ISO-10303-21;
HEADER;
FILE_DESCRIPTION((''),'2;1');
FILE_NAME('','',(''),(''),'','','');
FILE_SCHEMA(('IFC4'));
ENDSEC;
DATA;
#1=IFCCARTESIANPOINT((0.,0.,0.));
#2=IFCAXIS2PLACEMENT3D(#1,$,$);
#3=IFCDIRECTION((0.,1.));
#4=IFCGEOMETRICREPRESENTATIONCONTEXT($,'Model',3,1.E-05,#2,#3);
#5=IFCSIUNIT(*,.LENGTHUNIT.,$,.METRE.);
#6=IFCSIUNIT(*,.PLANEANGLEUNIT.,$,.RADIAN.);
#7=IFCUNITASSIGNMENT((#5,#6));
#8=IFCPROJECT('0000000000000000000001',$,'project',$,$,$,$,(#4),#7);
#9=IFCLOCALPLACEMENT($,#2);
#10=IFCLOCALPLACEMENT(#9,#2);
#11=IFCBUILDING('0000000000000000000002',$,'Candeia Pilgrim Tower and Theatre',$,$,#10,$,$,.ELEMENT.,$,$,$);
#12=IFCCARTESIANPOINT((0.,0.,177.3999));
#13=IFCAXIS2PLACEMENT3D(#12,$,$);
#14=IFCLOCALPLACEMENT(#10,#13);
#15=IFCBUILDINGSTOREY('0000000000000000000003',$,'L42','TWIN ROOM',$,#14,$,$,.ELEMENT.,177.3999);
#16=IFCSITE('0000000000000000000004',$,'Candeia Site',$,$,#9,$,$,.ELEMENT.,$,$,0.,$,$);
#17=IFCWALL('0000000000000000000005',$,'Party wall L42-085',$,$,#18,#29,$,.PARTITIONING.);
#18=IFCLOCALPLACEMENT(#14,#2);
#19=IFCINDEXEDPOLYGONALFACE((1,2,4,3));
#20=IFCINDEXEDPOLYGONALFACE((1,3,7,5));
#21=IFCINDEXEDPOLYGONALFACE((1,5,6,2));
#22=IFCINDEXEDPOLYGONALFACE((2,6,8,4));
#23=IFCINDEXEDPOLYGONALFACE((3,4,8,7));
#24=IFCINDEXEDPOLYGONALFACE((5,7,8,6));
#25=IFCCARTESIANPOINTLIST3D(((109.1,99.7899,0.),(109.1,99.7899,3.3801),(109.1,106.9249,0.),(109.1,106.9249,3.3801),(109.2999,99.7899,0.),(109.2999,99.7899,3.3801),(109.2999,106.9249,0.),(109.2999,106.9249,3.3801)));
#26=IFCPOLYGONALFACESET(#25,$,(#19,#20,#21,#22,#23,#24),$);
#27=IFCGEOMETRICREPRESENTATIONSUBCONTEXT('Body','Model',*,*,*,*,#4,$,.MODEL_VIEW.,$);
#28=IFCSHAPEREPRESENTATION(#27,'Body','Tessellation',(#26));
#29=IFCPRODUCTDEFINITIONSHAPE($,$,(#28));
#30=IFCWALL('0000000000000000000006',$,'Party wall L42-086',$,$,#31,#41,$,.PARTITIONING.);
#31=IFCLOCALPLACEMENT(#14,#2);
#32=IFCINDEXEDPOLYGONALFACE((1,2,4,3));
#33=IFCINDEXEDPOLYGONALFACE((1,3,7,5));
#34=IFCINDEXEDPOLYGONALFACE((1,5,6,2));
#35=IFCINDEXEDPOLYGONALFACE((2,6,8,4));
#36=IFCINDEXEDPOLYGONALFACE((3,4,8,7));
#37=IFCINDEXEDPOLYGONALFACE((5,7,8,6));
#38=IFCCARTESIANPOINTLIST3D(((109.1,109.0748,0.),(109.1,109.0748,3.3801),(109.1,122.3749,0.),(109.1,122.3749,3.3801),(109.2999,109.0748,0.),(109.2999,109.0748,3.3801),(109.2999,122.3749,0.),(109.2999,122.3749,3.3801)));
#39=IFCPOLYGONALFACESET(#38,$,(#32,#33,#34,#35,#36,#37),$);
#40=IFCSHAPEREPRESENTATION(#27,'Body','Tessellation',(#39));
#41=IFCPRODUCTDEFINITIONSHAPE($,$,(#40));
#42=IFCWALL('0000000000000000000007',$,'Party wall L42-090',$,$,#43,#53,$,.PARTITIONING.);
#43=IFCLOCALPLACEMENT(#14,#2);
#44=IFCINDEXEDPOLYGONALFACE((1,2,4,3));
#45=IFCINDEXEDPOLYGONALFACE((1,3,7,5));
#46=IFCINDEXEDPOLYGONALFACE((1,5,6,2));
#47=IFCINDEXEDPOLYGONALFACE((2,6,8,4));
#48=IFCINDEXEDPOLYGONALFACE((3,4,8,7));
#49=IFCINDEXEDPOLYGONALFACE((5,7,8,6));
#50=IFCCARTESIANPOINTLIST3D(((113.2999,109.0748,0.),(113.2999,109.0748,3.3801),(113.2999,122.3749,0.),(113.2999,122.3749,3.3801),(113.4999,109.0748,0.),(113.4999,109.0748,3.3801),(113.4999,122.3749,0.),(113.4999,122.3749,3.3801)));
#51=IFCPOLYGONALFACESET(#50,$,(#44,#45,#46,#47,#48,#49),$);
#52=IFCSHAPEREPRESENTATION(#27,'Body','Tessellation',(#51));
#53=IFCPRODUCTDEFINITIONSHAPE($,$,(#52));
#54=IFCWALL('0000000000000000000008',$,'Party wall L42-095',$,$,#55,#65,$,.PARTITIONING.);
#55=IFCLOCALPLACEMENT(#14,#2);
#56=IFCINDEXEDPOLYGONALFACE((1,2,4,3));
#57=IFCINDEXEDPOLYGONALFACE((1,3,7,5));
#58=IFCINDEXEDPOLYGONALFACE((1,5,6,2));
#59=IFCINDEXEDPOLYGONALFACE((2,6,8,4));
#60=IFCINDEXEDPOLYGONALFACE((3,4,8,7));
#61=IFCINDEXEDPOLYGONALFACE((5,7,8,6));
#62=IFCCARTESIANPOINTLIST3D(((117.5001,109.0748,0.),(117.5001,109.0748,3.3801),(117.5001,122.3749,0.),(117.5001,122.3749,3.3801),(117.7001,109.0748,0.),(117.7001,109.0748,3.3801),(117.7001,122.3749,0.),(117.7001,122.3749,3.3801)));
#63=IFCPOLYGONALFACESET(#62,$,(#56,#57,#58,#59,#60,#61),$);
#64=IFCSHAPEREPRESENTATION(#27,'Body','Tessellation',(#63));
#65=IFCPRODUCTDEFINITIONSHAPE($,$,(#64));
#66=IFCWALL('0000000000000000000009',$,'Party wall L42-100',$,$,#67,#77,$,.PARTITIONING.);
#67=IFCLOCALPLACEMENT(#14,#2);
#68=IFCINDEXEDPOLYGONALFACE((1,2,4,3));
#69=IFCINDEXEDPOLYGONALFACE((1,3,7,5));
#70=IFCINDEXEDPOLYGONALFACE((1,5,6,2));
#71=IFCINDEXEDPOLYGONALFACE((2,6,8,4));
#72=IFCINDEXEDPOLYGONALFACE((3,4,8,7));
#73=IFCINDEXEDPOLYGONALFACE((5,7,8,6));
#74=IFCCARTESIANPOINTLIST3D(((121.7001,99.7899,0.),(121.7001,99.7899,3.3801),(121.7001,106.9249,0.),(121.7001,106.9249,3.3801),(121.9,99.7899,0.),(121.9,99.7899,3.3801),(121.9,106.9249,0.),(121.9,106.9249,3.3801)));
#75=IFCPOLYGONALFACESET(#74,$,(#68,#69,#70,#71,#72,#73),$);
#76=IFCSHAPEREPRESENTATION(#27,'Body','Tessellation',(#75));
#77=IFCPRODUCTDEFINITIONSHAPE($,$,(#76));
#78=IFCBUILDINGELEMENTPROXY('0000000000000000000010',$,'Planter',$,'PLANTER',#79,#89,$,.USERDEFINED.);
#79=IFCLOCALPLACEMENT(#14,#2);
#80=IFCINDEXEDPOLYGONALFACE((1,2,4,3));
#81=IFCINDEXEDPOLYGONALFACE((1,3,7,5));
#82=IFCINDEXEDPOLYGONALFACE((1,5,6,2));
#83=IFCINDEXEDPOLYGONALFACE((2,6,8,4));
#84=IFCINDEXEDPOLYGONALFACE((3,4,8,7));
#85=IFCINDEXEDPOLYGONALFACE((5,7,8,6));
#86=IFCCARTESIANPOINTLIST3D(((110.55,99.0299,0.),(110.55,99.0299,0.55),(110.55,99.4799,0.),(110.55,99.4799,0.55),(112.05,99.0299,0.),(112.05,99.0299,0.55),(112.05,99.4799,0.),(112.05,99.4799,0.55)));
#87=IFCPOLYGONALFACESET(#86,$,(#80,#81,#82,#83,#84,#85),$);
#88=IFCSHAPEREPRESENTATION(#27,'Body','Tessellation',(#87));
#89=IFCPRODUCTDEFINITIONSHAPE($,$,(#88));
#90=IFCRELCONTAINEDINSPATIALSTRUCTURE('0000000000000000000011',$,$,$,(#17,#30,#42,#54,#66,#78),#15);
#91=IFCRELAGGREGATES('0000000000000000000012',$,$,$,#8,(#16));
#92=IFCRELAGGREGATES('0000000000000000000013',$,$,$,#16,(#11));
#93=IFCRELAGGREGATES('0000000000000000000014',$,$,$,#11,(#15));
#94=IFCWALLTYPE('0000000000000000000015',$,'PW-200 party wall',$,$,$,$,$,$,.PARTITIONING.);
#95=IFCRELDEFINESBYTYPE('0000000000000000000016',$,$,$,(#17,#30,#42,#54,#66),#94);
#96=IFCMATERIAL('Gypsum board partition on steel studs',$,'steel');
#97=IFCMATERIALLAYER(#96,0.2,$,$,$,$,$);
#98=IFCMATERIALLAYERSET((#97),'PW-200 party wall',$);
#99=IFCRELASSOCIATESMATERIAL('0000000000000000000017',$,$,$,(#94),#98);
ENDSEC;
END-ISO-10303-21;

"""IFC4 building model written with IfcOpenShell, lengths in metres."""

from ifc_helpers import new_model, si_unit, direction, frame, frame_2d, origin, origin_2d, place, context, subcontext, project, spatial, rectangle, extrude, material, layer, layer_set, type_object, element, save


model = new_model("IFC4")

# Units and contexts
model_context = context("Model", 3, precision=1e-05, world=origin(), true_north=direction((0.0, 1.0)))
body_context = subcontext(model_context, "Body", "Model", "MODEL_VIEW")
ifc_project = project(units=[si_unit("LENGTHUNIT", "METRE"), si_unit("PLANEANGLEUNIT", "RADIAN")], contexts=[model_context])

# Site, building, storey
site_placement = place(None, origin())
site = spatial("IfcSite", under=ifc_project, at=site_placement, Name="Candeia Site", CompositionType="ELEMENT", RefElevation=0.0)
building_placement = place(site_placement, origin())
building = spatial("IfcBuilding", under=site, at=building_placement, Name="Candeia Pilgrim Tower and Theatre", CompositionType="ELEMENT")
storey_placement = place(building_placement, frame((0.0, 0.0, 177.3999)))
storey = spatial("IfcBuildingStorey", under=building, at=storey_placement, Name="L42", Description="TWIN ROOM", CompositionType="ELEMENT", Elevation=177.3999)

# Shared definitions
ifc_material_1 = material(Name="Gypsum board partition on steel studs", Category="steel")

# Walls
ifc_layer_1 = layer(ifc_material_1, 0.2)
ifc_layer_set_1 = layer_set([ifc_layer_1], Name="PW-200 party wall")
wall_type_1 = type_object("IfcWallType", Name="PW-200 party wall", PredefinedType="PARTITIONING", material=ifc_layer_set_1)
wall_1_placement = place(storey_placement, frame((109.2, 99.79, 0.0), z_axis=(0.0, 0.0, 1.0), x_axis=(0.0, 1.0, 0.0)))
element("IfcWall", 1, at=wall_1_placement, inside=storey, type_object=wall_type_1, Name="Party wall L42-085", PredefinedType="PARTITIONING", context=body_context, shape_type="SweptSolid", body=[
    extrude(rectangle(XDim=7.135, YDim=0.2, at=frame_2d((3.5674, 0.0))), origin(), (0.0, 0.0, 1.0), 3.3801),
])
for number, where, z_axis, x_axis, name in (
    (2, (109.2, 109.075, 0.0), (0.0, 0.0, 1.0), (0.0, 1.0, 0.0), "Party wall L42-086"),
    (3, (113.3999, 109.075, 0.0), (0.0, 0.0, 1.0), (0.0, 1.0, 0.0), "Party wall L42-090"),
    (4, (117.6001, 109.075, 0.0), (0.0, 0.0, 1.0), (0.0, 1.0, 0.0), "Party wall L42-095"),
):
    element("IfcWall", number, at=place(storey_placement, frame(where, z_axis=z_axis, x_axis=x_axis)), inside=storey, type_object=wall_type_1, Name=name, PredefinedType="PARTITIONING", context=body_context, shape_type="SweptSolid", body=[
        extrude(rectangle(XDim=13.3, YDim=0.2, at=frame_2d((6.6499, 0.0))), origin(), (0.0, 0.0, 1.0), 3.3801),
    ])
wall_2_placement = place(storey_placement, frame((121.8, 99.79, 0.0), z_axis=(0.0, 0.0, 1.0), x_axis=(0.0, 1.0, 0.0)))
element("IfcWall", 5, at=wall_2_placement, inside=storey, type_object=wall_type_1, Name="Party wall L42-100", PredefinedType="PARTITIONING", context=body_context, shape_type="SweptSolid", body=[
    extrude(rectangle(XDim=7.135, YDim=0.2, at=frame_2d((3.5674, 0.0))), origin(), (0.0, 0.0, 1.0), 3.3801),
])

# Building element proxy
proxy_placement = place(storey_placement, frame((111.3, 99.2549, 0.0), z_axis=(0.0, 0.0, 1.0), x_axis=(1.0, 0.0, 0.0)))
element("IfcBuildingElementProxy", 6, at=proxy_placement, inside=storey, Name="Planter", ObjectType="PLANTER", PredefinedType="USERDEFINED", context=body_context, shape_type="SweptSolid", body=[
    extrude(rectangle(XDim=1.5, YDim=0.45, at=origin_2d()), origin(), (0.0, 0.0, 1.0), 0.55),
])

save(model, "model.ifc")
